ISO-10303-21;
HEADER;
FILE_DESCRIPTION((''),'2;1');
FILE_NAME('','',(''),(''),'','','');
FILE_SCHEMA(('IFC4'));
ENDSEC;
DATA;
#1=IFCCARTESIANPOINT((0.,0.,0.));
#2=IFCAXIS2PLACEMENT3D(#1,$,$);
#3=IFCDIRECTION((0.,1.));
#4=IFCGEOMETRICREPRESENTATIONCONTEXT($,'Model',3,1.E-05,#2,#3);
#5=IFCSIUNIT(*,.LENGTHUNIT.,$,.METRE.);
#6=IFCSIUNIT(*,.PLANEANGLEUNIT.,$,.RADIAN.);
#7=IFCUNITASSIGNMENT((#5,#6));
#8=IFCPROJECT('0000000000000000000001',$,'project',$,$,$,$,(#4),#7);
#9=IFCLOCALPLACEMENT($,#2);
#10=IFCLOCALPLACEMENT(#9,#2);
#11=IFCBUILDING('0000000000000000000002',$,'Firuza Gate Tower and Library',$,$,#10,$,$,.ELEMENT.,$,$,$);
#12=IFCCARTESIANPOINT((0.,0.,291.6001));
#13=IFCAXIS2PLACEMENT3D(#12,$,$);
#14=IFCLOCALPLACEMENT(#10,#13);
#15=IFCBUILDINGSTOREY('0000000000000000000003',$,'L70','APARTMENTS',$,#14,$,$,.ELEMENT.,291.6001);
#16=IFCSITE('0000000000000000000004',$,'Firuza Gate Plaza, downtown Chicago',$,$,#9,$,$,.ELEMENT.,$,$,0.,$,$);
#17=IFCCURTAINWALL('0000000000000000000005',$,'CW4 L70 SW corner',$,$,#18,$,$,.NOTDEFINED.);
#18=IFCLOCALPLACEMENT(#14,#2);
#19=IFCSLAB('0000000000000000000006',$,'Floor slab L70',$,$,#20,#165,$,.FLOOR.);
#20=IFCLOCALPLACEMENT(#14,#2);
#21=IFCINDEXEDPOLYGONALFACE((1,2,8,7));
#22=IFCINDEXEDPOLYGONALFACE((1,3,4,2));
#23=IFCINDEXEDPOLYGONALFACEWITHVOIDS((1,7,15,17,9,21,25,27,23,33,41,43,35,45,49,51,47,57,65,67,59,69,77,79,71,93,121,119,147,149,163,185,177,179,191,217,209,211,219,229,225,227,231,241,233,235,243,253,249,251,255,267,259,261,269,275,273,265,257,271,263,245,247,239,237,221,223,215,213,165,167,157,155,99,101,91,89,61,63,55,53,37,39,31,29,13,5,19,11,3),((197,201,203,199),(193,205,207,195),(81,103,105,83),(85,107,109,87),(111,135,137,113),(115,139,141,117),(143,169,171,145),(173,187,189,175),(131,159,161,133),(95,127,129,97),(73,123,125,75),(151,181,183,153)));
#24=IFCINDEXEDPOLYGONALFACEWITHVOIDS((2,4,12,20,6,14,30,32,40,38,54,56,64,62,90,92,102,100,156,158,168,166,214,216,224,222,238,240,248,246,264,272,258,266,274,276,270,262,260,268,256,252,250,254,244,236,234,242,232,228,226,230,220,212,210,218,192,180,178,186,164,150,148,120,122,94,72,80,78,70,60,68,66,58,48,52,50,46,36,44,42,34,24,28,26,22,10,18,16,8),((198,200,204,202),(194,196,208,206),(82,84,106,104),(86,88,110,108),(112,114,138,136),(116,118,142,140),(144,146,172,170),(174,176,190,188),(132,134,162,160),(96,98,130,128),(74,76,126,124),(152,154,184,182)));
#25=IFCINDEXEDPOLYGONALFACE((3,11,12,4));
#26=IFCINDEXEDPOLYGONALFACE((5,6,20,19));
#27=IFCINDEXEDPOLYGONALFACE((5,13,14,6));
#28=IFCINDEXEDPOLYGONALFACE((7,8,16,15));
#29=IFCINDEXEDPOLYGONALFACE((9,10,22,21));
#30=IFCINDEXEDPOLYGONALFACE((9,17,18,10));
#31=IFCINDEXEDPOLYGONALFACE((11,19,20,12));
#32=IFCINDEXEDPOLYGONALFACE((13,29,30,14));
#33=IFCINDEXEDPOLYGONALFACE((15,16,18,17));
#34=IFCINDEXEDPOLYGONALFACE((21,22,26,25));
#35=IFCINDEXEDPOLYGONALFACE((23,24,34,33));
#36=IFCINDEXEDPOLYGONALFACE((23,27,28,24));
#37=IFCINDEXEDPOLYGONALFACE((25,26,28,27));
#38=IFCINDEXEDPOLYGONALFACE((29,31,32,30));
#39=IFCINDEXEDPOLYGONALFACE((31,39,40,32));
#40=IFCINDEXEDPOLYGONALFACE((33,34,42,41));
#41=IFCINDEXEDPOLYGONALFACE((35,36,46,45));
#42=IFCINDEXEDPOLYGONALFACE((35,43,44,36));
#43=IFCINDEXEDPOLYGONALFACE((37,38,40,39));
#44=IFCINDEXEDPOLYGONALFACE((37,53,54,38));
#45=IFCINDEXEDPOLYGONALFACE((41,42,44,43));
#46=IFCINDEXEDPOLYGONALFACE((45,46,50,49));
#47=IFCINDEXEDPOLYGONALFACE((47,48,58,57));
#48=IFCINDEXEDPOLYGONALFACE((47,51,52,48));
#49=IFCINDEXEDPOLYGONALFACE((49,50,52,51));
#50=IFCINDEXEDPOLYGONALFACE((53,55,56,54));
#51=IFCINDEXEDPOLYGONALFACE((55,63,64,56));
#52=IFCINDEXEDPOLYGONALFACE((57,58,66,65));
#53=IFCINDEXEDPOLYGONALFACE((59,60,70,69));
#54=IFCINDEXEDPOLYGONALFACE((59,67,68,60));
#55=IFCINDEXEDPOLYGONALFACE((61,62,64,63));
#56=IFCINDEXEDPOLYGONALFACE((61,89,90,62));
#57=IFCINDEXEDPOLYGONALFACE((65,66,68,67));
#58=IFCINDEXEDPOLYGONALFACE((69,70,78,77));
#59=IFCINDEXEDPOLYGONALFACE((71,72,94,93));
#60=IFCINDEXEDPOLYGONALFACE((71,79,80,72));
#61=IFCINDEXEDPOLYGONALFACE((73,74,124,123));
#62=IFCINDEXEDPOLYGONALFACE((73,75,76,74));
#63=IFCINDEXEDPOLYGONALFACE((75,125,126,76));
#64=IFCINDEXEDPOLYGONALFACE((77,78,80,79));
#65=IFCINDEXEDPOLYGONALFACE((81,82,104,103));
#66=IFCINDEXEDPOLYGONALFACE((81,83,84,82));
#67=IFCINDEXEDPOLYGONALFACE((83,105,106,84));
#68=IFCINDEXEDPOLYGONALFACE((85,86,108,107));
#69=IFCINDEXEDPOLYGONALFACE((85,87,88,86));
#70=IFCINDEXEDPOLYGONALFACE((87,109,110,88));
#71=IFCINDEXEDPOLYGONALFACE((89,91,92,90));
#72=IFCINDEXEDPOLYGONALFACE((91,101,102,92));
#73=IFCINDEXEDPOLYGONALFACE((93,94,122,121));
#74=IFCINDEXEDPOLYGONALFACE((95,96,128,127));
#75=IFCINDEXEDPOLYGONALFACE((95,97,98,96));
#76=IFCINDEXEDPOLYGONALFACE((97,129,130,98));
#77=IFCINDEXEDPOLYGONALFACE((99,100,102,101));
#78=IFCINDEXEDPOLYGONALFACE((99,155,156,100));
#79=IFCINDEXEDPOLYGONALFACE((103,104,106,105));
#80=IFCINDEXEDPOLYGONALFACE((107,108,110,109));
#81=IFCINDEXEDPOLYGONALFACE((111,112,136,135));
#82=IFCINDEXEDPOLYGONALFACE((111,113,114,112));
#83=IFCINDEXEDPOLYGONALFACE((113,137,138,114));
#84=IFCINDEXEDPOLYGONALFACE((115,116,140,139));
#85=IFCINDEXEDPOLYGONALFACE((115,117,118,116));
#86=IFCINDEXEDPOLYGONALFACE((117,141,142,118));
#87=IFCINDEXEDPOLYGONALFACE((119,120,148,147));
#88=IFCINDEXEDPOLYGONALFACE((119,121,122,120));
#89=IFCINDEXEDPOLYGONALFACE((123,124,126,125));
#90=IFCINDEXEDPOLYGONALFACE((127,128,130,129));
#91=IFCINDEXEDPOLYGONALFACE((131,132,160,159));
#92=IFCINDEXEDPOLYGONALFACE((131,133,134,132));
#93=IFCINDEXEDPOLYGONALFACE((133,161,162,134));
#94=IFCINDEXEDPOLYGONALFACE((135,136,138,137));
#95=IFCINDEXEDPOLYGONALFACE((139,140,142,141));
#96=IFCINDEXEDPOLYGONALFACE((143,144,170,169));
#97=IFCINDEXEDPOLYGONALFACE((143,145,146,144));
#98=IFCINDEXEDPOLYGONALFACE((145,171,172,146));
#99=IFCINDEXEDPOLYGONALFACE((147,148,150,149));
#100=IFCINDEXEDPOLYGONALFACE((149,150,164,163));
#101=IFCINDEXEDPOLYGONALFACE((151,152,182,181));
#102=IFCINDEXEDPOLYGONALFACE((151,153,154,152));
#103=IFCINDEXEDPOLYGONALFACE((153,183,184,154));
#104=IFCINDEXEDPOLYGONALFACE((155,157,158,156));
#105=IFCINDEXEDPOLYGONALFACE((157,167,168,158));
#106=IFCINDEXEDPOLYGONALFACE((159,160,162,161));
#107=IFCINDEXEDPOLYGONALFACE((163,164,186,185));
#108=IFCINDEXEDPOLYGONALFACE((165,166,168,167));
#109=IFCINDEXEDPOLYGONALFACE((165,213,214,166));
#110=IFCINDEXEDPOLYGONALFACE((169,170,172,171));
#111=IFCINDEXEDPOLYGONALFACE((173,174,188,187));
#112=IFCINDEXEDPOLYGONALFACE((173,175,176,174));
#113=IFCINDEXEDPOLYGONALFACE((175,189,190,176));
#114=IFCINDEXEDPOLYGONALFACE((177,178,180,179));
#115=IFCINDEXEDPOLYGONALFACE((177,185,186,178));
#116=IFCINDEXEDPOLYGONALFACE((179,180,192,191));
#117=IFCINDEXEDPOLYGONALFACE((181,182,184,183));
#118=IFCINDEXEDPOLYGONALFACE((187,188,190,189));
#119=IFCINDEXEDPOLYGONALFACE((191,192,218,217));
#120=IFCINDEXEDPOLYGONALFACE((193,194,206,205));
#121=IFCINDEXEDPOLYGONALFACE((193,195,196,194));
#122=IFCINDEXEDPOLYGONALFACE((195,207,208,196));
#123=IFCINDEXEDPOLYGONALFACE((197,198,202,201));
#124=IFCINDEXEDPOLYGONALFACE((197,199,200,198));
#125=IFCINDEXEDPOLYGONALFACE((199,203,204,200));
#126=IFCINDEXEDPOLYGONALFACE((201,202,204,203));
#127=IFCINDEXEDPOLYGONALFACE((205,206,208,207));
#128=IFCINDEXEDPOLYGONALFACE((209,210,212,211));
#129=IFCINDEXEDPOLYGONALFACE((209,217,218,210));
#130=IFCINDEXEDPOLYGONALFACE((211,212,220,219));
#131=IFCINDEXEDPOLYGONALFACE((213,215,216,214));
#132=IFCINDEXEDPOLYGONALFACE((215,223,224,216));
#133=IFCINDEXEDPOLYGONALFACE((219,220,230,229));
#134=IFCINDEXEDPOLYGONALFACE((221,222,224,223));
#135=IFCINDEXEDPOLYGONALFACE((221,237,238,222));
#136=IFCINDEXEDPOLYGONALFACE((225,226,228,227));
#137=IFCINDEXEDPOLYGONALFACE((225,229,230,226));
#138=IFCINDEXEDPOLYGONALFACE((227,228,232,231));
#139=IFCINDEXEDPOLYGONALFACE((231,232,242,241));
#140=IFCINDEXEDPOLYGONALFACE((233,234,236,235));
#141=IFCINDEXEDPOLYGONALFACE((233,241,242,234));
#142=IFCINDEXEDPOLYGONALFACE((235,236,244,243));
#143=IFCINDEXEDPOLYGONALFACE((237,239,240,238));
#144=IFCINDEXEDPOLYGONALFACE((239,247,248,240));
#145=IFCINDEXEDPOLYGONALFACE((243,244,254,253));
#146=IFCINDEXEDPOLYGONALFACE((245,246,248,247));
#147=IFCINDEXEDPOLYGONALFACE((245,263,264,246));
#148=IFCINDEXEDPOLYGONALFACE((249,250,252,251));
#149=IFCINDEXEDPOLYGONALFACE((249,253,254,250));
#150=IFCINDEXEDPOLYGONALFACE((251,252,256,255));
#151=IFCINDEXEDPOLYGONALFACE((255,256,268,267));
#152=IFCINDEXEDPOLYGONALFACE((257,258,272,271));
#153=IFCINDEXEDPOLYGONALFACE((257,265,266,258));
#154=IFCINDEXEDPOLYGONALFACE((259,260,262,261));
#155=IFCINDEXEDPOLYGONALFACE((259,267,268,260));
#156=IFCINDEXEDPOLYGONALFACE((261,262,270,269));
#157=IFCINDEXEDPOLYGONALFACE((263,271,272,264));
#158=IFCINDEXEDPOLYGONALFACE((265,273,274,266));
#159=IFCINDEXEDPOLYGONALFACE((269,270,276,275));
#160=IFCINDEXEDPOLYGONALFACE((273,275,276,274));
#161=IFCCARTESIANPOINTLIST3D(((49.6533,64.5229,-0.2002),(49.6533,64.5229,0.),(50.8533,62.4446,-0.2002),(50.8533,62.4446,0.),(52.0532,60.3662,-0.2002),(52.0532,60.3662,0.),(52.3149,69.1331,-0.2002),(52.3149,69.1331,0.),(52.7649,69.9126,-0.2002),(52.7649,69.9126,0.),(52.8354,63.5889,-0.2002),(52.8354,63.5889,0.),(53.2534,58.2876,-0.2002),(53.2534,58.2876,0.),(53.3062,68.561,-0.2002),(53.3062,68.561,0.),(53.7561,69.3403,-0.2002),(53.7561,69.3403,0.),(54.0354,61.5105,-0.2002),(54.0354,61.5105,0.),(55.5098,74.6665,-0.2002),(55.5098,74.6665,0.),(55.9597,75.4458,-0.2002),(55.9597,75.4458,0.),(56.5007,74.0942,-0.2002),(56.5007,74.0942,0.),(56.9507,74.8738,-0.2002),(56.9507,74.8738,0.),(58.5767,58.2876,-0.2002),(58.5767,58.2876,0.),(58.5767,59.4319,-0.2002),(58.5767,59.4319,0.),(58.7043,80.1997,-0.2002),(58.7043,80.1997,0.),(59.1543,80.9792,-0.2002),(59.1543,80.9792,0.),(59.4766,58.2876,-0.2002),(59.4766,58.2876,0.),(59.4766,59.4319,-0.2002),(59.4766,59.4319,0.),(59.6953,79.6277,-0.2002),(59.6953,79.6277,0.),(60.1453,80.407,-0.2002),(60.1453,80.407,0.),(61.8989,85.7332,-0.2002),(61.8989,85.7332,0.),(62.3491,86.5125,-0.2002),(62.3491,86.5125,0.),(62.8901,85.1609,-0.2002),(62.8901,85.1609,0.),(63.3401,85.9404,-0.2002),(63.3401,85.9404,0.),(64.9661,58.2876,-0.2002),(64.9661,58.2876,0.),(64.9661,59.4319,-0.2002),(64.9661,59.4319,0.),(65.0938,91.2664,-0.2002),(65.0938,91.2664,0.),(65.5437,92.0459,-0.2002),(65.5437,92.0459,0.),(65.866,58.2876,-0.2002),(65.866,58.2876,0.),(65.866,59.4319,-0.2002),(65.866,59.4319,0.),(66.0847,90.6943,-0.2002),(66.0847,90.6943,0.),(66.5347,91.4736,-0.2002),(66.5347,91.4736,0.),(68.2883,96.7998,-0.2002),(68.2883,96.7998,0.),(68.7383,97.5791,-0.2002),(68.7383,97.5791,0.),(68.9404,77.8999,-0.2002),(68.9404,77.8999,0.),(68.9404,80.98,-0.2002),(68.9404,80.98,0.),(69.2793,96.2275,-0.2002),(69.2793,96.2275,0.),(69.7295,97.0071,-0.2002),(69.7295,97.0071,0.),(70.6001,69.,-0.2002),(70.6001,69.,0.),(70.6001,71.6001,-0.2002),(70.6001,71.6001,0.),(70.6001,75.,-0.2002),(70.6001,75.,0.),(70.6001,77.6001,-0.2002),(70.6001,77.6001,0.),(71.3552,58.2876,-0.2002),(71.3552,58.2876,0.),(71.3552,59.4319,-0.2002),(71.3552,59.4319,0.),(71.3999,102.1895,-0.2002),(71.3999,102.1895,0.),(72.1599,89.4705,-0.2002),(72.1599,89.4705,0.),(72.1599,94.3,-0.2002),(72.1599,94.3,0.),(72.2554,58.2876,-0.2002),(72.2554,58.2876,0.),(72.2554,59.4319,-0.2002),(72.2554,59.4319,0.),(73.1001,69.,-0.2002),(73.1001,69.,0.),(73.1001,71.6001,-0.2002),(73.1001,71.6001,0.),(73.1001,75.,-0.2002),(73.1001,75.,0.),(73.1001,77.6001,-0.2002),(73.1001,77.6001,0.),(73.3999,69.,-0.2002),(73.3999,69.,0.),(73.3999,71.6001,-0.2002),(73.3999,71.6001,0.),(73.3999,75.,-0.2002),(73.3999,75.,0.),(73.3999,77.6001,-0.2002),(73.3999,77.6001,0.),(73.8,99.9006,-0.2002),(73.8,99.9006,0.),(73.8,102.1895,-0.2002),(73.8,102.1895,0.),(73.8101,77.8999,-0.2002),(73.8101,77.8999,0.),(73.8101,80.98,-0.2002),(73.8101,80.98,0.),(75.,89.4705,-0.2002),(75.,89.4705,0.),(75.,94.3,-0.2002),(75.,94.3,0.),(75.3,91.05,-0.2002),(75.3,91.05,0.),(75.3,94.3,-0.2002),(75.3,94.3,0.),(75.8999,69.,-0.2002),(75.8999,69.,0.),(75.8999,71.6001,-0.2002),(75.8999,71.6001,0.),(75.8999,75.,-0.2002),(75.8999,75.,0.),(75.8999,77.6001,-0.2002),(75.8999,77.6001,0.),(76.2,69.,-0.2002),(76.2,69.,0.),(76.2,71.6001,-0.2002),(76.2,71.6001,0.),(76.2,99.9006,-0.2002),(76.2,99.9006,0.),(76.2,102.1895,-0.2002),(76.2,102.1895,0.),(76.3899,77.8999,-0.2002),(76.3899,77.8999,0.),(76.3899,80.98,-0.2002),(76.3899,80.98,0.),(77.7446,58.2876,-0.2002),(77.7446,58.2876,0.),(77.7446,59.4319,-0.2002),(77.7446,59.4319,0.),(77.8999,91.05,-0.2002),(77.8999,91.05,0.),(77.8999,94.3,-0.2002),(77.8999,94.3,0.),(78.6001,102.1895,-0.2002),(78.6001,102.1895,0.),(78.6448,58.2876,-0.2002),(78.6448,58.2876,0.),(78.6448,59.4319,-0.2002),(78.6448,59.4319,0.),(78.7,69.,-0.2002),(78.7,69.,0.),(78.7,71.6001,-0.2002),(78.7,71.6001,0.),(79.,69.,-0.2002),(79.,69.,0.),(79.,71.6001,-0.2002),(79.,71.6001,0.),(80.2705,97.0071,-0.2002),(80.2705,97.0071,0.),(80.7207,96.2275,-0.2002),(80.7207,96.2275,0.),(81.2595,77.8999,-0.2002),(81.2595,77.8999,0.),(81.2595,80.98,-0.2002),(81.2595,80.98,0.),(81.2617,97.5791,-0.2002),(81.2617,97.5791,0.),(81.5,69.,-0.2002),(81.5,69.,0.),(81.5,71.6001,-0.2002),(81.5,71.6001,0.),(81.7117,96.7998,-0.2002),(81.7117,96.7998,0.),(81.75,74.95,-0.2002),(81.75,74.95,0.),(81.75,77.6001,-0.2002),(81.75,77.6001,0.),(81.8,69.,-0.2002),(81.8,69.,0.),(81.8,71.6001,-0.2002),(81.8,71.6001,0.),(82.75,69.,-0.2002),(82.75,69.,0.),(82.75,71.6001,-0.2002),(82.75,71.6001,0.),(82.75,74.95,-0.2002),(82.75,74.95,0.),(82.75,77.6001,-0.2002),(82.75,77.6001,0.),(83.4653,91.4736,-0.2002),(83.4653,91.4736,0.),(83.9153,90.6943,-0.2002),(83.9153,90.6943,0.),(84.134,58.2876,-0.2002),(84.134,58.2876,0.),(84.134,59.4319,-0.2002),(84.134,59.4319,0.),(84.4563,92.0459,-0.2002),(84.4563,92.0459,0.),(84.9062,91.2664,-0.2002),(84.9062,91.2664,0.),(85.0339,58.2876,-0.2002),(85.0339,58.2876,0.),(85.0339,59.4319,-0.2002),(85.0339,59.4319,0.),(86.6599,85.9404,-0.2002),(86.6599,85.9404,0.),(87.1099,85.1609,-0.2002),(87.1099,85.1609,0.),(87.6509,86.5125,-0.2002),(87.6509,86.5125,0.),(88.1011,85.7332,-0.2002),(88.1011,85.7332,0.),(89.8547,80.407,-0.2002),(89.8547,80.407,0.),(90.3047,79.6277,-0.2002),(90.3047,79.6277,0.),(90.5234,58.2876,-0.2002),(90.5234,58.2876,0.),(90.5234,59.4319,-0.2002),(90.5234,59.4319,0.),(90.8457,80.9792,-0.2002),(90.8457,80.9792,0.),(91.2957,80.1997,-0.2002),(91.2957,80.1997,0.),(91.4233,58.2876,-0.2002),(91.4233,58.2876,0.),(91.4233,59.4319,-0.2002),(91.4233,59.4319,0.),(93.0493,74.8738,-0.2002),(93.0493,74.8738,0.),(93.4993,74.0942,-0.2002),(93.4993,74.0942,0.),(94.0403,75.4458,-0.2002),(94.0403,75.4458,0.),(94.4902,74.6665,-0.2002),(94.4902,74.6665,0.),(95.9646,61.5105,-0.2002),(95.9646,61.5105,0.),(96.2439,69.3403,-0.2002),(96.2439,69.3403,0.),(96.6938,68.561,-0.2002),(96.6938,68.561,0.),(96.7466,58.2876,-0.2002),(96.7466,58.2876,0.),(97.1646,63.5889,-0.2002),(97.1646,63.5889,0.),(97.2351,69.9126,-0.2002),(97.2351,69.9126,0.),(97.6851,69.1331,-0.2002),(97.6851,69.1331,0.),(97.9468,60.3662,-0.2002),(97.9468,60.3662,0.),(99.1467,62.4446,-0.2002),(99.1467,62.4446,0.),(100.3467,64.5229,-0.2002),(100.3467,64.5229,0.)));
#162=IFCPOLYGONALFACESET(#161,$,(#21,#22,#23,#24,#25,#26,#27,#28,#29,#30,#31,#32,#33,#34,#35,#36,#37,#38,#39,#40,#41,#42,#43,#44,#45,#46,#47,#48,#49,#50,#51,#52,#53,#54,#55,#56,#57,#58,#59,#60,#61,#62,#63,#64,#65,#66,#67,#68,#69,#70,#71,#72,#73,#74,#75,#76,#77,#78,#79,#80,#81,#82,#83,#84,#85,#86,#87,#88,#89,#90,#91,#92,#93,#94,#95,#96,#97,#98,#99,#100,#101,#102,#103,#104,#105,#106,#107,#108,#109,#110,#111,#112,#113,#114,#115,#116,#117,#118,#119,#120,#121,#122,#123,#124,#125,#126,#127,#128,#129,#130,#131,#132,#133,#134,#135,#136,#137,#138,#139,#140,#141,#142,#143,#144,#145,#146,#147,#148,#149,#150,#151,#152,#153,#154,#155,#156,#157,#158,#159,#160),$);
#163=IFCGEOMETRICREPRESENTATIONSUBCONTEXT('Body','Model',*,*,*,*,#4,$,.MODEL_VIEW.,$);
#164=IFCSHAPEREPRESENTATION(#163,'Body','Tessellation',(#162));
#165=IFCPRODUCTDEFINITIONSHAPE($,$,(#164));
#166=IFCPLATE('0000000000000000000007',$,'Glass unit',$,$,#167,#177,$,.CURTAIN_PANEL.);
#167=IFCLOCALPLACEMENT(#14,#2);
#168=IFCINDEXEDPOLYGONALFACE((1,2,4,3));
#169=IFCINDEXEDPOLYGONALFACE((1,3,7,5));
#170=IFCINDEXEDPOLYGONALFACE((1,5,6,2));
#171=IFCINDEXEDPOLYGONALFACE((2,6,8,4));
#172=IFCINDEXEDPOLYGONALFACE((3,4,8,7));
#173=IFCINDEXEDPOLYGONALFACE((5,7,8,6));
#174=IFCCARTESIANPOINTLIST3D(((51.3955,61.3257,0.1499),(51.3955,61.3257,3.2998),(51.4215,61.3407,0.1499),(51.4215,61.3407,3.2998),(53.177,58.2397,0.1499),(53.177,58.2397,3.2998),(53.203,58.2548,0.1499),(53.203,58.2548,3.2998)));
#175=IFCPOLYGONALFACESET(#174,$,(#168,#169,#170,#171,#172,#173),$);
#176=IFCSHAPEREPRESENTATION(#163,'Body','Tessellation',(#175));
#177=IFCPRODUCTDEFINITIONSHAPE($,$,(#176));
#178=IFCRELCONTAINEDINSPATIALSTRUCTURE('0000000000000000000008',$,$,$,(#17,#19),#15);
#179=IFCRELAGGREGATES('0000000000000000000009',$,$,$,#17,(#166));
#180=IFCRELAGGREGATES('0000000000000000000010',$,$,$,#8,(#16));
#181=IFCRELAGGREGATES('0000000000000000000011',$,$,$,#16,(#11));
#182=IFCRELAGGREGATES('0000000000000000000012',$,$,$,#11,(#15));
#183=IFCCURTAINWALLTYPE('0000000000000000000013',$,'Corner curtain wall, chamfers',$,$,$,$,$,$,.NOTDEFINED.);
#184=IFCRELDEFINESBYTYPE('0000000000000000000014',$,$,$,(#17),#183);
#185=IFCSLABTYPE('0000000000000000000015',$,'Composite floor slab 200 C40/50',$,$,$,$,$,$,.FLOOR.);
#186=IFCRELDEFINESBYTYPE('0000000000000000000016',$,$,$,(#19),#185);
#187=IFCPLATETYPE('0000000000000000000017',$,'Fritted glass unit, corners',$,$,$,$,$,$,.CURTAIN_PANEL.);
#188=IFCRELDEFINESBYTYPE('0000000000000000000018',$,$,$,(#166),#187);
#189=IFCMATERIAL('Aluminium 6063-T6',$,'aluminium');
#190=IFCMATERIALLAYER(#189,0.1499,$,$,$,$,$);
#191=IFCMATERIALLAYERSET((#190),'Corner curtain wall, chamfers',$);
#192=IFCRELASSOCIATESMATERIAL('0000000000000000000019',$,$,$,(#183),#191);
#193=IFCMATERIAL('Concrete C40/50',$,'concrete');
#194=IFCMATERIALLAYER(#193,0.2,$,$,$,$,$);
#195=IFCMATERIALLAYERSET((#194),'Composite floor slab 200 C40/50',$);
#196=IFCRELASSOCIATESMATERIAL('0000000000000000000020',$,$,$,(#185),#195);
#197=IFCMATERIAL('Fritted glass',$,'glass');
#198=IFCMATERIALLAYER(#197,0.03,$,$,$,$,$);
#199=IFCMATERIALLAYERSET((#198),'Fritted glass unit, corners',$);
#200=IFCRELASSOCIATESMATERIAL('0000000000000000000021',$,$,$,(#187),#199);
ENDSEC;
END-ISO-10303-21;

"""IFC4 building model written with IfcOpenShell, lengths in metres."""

from ifc_helpers import new_model, si_unit, direction, frame, origin, place, context, subcontext, project, spatial, polyline, outline, extrude, material, layer, layer_set, type_object, element, aggregate, save


model = new_model("IFC4")

# Units and contexts
model_context = context("Model", 3, precision=1e-05, world=origin(), true_north=direction((0.0, 1.0)))
body_context = subcontext(model_context, "Body", "Model", "MODEL_VIEW")
ifc_project = project(units=[si_unit("LENGTHUNIT", "METRE"), si_unit("PLANEANGLEUNIT", "RADIAN")], contexts=[model_context])

# Site, building, storey
site_placement = place(None, origin())
site = spatial("IfcSite", under=ifc_project, at=site_placement, Name="Firuza Gate Plaza, downtown Chicago", CompositionType="ELEMENT", RefElevation=0.0)
building_placement = place(site_placement, origin())
building = spatial("IfcBuilding", under=site, at=building_placement, Name="Firuza Gate Tower and Library", CompositionType="ELEMENT")
storey_placement = place(building_placement, frame((0.0, 0.0, 291.6001)))
storey = spatial("IfcBuildingStorey", under=building, at=storey_placement, Name="L70", Description="APARTMENTS", CompositionType="ELEMENT", Elevation=291.6001)

# Curtain wall
placement_1 = place(storey_placement, origin())
ifc_material_1 = material(Name="Aluminium 6063-T6", Category="aluminium")
ifc_layer_1 = layer(ifc_material_1, 0.1499)
ifc_layer_set_1 = layer_set([ifc_layer_1], Name="Corner curtain wall, chamfers")
curtain_wall_type_1 = type_object("IfcCurtainWallType", Name="Corner curtain wall, chamfers", PredefinedType="NOTDEFINED", material=ifc_layer_set_1)
curtain_wall_1 = element("IfcCurtainWall", 1, at=placement_1, inside=storey, type_object=curtain_wall_type_1, Name="CW4 L70 SW corner", PredefinedType="NOTDEFINED")

# Slab
ifc_material_2 = material(Name="Concrete C40/50", Category="concrete")
ifc_layer_2 = layer(ifc_material_2, 0.2)
ifc_layer_set_2 = layer_set([ifc_layer_2], Name="Composite floor slab 200 C40/50")
slab_type_1 = type_object("IfcSlabType", Name="Composite floor slab 200 C40/50", PredefinedType="FLOOR", material=ifc_layer_set_2)
placement_2 = place(storey_placement, frame((0.0, 0.0, -0.2002)))
element("IfcSlab", 2, at=placement_2, inside=storey, type_object=slab_type_1, Name="Floor slab L70", PredefinedType="FLOOR", context=body_context, shape_type="SweptSolid", body=[
    extrude(outline(polyline([(53.2534, 58.2876), (58.5767, 58.2876), (58.5767, 59.4319), (59.4766, 59.4319), (59.4766, 58.2876), (64.9661, 58.2876), (64.9661, 59.4319), (65.866, 59.4319), (65.866, 58.2876), (71.3552, 58.2876), (71.3552, 59.4319), (72.2554, 59.4319), (72.2554, 58.2876), (77.7446, 58.2876), (77.7446, 59.4319), (78.6448, 59.4319), (78.6448, 58.2876), (84.134, 58.2876), (84.134, 59.4319), (85.0339, 59.4319), (85.0339, 58.2876), (90.5234, 58.2876), (90.5234, 59.4319), (91.4233, 59.4319), (91.4233, 58.2876), (96.7466, 58.2876), (97.9468, 60.3662), (95.9646, 61.5105), (97.1646, 63.5889), (99.1467, 62.4446), (100.3467, 64.5229), (97.6851, 69.1331), (96.6938, 68.561), (96.2439, 69.3403), (97.2351, 69.9126), (94.4902, 74.6665), (93.4993, 74.0942), (93.0493, 74.8738), (94.0403, 75.4458), (91.2957, 80.1997), (90.3047, 79.6277), (89.8547, 80.407), (90.8457, 80.9792), (88.1011, 85.7332), (87.1099, 85.1609), (86.6599, 85.9404), (87.6509, 86.5125), (84.9062, 91.2664), (83.9153, 90.6943), (83.4653, 91.4736), (84.4563, 92.0459), (81.7117, 96.7998), (80.7207, 96.2275), (80.2705, 97.0071), (81.2617, 97.5791), (78.6001, 102.1895), (76.2, 102.1895), (76.2, 99.9006), (73.8, 99.9006), (73.8, 102.1895), (71.3999, 102.1895), (68.7383, 97.5791), (69.7295, 97.0071), (69.2793, 96.2275), (68.2883, 96.7998), (65.5437, 92.0459), (66.5347, 91.4736), (66.0847, 90.6943), (65.0938, 91.2664), (62.3491, 86.5125), (63.3401, 85.9404), (62.8901, 85.1609), (61.8989, 85.7332), (59.1543, 80.9792), (60.1453, 80.407), (59.6953, 79.6277), (58.7043, 80.1997), (55.9597, 75.4458), (56.9507, 74.8738), (56.5007, 74.0942), (55.5098, 74.6665), (52.7649, 69.9126), (53.7561, 69.3403), (53.3062, 68.561), (52.3149, 69.1331), (49.6533, 64.5229), (50.8533, 62.4446), (52.8354, 63.5889), (54.0354, 61.5105), (52.0532, 60.3662), (53.2534, 58.2876)]), holes=[polyline([(73.1001, 69.0), (70.6001, 69.0), (70.6001, 71.6001), (73.1001, 71.6001), (73.1001, 69.0)]), polyline([(75.8999, 69.0), (73.3999, 69.0), (73.3999, 71.6001), (75.8999, 71.6001), (75.8999, 69.0)]), polyline([(73.1001, 75.0), (70.6001, 75.0), (70.6001, 77.6001), (73.1001, 77.6001), (73.1001, 75.0)]), polyline([(75.8999, 75.0), (73.3999, 75.0), (73.3999, 77.6001), (75.8999, 77.6001), (75.8999, 75.0)]), polyline([(68.9404, 77.8999), (68.9404, 80.98), (73.8101, 80.98), (73.8101, 77.8999), (68.9404, 77.8999)]), polyline([(72.1599, 89.4705), (72.1599, 94.3), (75.0, 94.3), (75.0, 89.4705), (72.1599, 89.4705)]), polyline([(78.7, 69.0), (76.2, 69.0), (76.2, 71.6001), (78.7, 71.6001), (78.7, 69.0)]), polyline([(81.5, 69.0), (79.0, 69.0), (79.0, 71.6001), (81.5, 71.6001), (81.5, 69.0)]), polyline([(82.75, 69.0), (81.8, 69.0), (81.8, 71.6001), (82.75, 71.6001), (82.75, 69.0)]), polyline([(82.75, 74.95), (81.75, 74.95), (81.75, 77.6001), (82.75, 77.6001), (82.75, 74.95)]), polyline([(81.2595, 80.98), (81.2595, 77.8999), (76.3899, 77.8999), (76.3899, 80.98), (81.2595, 80.98)]), polyline([(75.3, 91.05), (75.3, 94.3), (77.8999, 94.3), (77.8999, 91.05), (75.3, 91.05)])]), origin(), (0.0, 0.0, 1.0), 0.2002),
])

# Plate
ifc_material_3 = material(Name="Fritted glass", Category="glass")
ifc_layer_3 = layer(ifc_material_3, 0.03)
ifc_layer_set_3 = layer_set([ifc_layer_3], Name="Fritted glass unit, corners")
plate_type_1 = type_object("IfcPlateType", Name="Fritted glass unit, corners", PredefinedType="CURTAIN_PANEL", material=ifc_layer_set_3)
plate_1_placement = place(storey_placement, frame((51.3955, 61.3257, 0.1499), z_axis=(-0.866046, -0.499964, 0.0), x_axis=(0.499964, -0.866046, 0.0)))
plate_1 = element("IfcPlate", 3, at=plate_1_placement, type_object=plate_type_1, Name="Glass unit", PredefinedType="CURTAIN_PANEL", context=body_context, shape_type="SweptSolid", body=[
    extrude(outline(polyline([(0.0, 0.0), (3.5632, 0.0), (3.5632, 3.1499), (0.0, 3.1499), (0.0, 0.0)])), origin(), (0.0, 0.0, -1.0), 0.03),
])
aggregate(curtain_wall_1, [plate_1])

save(model, "model.ifc")
